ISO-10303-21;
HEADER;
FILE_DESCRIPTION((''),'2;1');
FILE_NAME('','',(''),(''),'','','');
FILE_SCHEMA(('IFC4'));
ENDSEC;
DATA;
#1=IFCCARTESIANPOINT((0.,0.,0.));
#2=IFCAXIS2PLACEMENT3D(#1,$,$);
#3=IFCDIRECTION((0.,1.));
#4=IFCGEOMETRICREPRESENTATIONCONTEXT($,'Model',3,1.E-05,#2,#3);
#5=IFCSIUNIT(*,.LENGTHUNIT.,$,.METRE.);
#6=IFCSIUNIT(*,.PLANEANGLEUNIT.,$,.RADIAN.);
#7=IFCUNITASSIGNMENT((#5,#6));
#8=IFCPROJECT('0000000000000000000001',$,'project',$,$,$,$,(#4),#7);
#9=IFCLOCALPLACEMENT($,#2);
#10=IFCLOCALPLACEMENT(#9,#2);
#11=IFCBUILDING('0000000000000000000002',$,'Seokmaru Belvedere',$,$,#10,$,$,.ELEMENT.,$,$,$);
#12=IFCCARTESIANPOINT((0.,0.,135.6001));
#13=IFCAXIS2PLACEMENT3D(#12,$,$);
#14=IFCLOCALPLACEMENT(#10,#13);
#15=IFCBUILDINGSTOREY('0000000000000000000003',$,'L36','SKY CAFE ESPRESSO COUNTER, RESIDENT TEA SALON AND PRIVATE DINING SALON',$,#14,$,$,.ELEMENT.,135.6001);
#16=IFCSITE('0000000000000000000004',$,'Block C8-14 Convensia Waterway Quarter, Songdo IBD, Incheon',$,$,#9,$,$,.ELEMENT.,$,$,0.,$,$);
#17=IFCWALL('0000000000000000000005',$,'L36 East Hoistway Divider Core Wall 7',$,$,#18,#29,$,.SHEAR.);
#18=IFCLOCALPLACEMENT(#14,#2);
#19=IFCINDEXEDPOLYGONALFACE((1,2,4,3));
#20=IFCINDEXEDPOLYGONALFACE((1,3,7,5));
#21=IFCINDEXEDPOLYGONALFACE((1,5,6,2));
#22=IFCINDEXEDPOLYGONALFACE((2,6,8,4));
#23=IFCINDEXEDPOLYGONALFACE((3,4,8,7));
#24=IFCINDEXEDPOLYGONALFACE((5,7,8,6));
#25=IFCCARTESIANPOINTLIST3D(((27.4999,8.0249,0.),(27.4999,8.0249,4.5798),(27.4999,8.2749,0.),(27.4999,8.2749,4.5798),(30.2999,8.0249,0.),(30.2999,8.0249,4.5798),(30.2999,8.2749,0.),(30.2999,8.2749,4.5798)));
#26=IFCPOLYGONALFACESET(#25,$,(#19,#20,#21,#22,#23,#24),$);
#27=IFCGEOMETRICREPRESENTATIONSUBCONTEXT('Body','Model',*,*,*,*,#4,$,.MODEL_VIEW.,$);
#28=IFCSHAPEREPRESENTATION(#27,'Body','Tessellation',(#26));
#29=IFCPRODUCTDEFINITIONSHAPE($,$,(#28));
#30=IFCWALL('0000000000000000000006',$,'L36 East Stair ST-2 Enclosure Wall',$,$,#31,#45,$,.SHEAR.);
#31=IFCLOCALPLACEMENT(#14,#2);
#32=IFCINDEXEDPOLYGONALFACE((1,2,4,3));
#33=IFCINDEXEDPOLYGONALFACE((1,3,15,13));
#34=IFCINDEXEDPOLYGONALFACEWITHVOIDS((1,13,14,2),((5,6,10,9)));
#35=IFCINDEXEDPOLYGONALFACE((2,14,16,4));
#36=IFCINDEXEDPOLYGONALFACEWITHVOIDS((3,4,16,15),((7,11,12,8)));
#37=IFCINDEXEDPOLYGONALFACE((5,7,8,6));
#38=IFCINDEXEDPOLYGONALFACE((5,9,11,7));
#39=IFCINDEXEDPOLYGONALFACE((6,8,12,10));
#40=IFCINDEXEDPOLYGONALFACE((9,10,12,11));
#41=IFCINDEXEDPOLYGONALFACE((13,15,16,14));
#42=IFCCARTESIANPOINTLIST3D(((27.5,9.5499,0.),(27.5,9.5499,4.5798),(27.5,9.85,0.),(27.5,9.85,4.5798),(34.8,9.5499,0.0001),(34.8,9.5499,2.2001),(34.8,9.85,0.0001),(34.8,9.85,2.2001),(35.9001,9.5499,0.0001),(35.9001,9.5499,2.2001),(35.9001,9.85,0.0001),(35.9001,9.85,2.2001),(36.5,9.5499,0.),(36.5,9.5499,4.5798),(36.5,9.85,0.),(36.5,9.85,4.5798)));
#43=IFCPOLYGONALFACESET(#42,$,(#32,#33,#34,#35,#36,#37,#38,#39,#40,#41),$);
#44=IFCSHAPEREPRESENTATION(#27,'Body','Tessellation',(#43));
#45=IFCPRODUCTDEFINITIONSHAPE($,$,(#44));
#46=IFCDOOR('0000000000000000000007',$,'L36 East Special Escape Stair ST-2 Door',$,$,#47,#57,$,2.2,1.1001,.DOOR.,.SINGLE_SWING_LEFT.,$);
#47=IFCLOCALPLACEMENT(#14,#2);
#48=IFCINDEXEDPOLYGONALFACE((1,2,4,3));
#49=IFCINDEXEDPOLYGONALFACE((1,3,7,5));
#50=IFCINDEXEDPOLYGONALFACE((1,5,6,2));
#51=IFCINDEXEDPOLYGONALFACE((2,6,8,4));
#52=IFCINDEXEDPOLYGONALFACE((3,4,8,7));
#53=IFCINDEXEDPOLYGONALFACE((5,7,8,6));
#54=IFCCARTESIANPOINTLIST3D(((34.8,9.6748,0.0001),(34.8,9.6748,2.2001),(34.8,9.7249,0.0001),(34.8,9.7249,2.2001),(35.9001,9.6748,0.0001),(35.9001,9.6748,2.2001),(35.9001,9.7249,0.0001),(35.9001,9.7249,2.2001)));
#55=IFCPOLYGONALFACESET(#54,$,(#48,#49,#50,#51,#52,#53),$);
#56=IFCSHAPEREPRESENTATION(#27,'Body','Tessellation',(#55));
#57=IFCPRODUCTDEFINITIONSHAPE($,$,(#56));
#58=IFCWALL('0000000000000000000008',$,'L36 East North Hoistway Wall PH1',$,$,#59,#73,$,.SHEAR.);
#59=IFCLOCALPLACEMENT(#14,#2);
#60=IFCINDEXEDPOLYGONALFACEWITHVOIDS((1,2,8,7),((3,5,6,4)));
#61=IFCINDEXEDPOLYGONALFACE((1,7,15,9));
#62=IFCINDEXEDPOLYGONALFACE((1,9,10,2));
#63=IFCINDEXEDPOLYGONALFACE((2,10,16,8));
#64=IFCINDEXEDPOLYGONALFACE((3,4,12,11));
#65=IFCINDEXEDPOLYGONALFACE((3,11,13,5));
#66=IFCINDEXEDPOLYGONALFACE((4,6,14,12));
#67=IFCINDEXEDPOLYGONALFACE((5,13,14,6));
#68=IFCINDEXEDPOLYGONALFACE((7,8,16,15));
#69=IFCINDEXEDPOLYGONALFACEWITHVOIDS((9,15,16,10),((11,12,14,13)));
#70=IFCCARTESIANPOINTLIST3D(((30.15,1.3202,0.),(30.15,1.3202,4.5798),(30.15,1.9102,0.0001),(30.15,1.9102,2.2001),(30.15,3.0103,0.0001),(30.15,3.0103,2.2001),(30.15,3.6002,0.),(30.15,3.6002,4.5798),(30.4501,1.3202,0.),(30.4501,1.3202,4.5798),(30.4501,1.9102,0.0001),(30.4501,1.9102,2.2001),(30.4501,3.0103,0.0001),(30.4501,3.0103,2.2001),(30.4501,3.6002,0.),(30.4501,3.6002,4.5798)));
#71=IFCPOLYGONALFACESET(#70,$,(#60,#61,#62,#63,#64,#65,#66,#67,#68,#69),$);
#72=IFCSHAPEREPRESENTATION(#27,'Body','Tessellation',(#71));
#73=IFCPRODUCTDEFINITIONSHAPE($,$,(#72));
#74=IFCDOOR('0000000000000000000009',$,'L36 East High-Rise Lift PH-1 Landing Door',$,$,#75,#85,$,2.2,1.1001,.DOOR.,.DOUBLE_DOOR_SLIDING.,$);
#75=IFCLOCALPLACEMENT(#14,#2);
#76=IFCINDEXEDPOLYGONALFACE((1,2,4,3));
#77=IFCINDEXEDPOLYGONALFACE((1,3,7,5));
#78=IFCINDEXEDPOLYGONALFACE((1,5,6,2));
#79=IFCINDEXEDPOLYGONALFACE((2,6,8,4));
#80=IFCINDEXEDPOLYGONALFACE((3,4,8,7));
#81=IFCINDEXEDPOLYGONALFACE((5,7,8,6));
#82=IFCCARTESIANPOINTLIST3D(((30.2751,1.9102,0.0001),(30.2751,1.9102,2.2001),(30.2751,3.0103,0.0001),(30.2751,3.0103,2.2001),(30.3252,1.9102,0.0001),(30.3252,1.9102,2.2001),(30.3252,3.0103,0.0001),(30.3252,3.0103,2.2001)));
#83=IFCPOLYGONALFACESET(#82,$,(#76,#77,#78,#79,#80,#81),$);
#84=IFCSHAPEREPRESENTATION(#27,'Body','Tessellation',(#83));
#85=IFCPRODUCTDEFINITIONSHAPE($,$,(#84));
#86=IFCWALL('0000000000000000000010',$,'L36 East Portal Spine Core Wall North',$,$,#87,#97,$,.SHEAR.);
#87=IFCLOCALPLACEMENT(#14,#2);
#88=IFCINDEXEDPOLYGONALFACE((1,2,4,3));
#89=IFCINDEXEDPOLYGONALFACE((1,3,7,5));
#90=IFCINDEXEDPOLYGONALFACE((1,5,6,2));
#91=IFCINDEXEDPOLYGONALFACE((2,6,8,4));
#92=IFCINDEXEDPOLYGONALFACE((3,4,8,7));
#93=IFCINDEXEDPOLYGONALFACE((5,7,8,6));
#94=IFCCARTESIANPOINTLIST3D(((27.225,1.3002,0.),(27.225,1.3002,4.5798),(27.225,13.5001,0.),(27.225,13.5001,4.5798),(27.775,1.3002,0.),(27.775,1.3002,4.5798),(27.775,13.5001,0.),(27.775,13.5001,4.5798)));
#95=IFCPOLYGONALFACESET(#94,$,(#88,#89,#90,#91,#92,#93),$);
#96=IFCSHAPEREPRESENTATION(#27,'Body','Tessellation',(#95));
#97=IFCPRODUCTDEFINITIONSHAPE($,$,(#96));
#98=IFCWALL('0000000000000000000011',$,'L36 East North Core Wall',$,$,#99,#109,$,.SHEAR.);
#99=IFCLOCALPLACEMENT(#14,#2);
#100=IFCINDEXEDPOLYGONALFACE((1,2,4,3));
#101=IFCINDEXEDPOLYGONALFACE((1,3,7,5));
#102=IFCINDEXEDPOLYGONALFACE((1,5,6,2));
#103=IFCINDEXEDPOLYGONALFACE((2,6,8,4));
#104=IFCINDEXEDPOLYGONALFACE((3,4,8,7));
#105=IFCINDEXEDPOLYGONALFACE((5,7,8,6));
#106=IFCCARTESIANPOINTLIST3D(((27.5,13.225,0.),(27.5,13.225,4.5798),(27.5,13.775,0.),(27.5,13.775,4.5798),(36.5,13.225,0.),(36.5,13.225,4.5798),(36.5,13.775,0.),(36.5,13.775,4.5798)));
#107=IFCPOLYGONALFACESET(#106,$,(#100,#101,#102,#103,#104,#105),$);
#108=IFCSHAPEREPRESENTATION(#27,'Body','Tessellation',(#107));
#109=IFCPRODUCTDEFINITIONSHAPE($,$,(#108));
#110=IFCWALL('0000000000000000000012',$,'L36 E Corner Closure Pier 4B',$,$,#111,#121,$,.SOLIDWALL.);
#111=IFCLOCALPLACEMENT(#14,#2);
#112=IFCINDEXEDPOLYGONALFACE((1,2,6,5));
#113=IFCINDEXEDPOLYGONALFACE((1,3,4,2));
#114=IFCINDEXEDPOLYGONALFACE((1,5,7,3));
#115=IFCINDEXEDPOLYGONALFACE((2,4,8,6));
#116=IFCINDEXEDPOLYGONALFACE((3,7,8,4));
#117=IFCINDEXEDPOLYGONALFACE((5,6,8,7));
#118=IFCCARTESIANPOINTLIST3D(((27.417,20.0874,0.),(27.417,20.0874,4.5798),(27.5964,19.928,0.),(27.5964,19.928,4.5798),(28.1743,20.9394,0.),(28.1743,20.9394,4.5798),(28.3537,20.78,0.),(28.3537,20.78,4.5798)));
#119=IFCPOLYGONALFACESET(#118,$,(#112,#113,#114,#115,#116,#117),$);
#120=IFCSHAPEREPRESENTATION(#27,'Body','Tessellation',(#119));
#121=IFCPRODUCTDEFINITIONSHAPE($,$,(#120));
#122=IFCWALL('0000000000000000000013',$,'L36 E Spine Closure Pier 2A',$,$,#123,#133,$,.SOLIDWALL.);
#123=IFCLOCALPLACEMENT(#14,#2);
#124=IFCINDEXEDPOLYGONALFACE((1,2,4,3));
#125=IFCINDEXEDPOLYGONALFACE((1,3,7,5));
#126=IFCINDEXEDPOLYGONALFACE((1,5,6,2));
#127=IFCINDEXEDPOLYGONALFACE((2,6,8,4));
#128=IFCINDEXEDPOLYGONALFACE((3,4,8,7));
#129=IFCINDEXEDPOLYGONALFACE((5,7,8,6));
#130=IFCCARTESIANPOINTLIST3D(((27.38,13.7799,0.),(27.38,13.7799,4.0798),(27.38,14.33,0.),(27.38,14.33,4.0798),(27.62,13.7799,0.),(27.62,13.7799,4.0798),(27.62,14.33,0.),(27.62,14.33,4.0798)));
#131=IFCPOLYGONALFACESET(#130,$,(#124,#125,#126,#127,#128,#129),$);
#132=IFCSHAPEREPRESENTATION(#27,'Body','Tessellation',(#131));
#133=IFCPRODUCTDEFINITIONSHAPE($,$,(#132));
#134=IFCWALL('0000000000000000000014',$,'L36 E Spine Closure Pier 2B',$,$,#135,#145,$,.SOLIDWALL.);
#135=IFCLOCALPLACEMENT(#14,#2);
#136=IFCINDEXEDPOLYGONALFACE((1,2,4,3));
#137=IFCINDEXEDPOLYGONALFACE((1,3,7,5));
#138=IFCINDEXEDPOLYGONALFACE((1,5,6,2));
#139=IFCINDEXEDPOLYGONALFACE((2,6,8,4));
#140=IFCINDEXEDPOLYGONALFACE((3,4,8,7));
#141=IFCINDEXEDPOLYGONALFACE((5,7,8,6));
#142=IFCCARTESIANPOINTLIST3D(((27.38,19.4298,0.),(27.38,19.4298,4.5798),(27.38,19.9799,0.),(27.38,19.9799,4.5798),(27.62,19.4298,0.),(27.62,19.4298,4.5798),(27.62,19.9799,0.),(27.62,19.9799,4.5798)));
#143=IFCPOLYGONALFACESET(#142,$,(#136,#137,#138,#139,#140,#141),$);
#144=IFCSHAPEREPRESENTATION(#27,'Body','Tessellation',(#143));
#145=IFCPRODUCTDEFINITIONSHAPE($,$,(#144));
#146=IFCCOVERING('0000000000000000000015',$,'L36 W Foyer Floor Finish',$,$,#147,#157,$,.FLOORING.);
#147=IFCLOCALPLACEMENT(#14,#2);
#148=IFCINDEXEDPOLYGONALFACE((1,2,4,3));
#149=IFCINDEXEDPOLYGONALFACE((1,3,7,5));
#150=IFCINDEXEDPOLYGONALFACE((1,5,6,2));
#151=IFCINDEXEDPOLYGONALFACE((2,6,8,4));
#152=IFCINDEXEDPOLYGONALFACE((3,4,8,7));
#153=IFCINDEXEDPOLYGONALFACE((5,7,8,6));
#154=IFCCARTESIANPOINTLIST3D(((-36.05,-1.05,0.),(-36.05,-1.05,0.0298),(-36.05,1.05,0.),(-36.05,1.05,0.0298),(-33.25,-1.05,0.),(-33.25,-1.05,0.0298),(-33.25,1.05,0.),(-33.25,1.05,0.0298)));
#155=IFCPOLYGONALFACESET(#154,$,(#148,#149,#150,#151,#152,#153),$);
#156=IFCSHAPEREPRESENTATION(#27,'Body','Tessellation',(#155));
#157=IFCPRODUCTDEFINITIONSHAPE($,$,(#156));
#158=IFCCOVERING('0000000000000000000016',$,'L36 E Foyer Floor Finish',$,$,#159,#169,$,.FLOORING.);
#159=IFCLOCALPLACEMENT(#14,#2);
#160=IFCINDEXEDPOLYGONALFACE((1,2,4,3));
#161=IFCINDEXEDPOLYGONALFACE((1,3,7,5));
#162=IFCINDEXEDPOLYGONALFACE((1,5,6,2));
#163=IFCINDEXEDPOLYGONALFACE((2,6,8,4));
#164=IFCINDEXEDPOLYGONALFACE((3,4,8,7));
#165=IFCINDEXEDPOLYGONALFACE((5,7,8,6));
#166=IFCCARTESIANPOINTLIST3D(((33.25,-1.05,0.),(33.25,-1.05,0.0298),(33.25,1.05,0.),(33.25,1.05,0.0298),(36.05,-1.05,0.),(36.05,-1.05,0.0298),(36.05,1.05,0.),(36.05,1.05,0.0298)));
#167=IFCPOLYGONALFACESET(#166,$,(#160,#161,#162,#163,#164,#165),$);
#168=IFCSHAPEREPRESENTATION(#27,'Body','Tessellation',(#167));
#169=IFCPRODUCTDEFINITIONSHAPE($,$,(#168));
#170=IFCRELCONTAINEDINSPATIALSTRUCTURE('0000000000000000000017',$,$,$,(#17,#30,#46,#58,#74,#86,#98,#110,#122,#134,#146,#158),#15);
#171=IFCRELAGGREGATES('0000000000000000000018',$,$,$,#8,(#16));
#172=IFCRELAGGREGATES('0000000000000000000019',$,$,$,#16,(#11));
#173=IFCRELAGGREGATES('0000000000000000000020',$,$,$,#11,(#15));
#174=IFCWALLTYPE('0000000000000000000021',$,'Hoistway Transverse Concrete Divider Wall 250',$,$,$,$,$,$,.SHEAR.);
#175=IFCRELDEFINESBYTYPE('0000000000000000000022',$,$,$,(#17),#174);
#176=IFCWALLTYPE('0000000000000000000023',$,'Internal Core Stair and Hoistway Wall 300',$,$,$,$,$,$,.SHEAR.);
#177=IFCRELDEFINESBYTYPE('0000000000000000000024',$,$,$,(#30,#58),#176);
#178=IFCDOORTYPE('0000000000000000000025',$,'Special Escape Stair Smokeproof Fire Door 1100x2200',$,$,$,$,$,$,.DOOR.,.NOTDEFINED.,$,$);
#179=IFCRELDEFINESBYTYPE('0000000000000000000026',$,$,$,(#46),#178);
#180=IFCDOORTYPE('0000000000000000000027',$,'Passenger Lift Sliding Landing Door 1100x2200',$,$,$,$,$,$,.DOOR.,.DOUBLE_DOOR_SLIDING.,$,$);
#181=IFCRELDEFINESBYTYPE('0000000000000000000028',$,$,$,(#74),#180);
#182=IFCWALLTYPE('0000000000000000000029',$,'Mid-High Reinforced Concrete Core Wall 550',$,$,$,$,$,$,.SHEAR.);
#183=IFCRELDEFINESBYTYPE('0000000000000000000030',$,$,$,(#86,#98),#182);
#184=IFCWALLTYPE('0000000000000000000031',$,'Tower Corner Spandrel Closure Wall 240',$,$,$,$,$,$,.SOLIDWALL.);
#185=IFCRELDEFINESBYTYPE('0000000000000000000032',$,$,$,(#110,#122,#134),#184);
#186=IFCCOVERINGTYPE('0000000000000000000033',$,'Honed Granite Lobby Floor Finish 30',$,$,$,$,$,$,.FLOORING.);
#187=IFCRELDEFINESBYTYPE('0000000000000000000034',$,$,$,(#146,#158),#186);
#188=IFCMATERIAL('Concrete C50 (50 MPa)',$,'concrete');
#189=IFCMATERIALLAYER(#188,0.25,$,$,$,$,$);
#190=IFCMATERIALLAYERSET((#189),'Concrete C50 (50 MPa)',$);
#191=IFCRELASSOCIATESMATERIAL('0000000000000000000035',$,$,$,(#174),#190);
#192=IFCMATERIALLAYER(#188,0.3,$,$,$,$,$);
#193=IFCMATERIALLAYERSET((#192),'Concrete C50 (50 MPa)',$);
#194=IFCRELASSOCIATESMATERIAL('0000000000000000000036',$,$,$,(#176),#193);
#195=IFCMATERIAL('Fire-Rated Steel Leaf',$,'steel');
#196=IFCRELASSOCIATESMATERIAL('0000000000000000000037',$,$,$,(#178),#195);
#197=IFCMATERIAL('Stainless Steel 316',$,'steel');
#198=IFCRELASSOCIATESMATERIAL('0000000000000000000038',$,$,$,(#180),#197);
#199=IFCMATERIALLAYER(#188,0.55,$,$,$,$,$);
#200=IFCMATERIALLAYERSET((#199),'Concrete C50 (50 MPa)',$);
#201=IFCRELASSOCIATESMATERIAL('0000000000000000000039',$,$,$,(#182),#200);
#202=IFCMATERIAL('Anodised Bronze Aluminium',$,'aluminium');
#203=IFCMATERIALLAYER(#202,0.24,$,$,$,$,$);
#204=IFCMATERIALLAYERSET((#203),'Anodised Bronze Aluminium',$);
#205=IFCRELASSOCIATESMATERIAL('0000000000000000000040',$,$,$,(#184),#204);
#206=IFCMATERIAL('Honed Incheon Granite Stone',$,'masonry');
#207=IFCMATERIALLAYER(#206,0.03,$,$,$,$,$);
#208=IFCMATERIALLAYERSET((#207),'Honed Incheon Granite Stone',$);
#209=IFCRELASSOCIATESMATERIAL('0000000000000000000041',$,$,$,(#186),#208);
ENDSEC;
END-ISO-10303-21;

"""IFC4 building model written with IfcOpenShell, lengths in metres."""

from ifc_helpers import new_model, si_unit, direction, frame, frame_2d, origin, place, context, subcontext, project, spatial, polyline, rectangle, outline, extrude, source, transform, mapped, material, layer, layer_set, type_object, type_shapes, element, fill, save


model = new_model("IFC4")

# Units and contexts
model_context = context("Model", 3, precision=1e-05, world=origin(), true_north=direction((0.0, 1.0)))
body_context = subcontext(model_context, "Body", "Model", "MODEL_VIEW")
ifc_project = project(units=[si_unit("LENGTHUNIT", "METRE"), si_unit("PLANEANGLEUNIT", "RADIAN")], contexts=[model_context])

# Site, building, storey
site_placement = place(None, origin())
site = spatial("IfcSite", under=ifc_project, at=site_placement, Name="Block C8-14 Convensia Waterway Quarter, Songdo IBD, Incheon", CompositionType="ELEMENT", RefElevation=0.0)
building_placement = place(site_placement, origin())
building = spatial("IfcBuilding", under=site, at=building_placement, Name="Seokmaru Belvedere", CompositionType="ELEMENT")
storey_placement = place(building_placement, frame((0.0, 0.0, 135.6001)))
storey = spatial("IfcBuildingStorey", under=building, at=storey_placement, Name="L36", Description="SKY CAFE ESPRESSO COUNTER, RESIDENT TEA SALON AND PRIVATE DINING SALON", CompositionType="ELEMENT", Elevation=135.6001)

# Shared definitions
ifc_material_1 = material(Name="Anodised Bronze Aluminium", Category="aluminium")

# Wall
ifc_material_2 = material(Name="Concrete C50 (50 MPa)", Category="concrete")
ifc_layer_1 = layer(ifc_material_2, 0.25)
ifc_layer_set_1 = layer_set([ifc_layer_1], Name="Concrete C50 (50 MPa)")
wall_type_1 = type_object("IfcWallType", Name="Hoistway Transverse Concrete Divider Wall 250", PredefinedType="SHEAR", material=ifc_layer_set_1)
for number, where, z_axis, x_axis, name in (
    (1, (27.5, 8.1499, 0.0), (0.0, 0.0, 1.0), (1.0, 0.0, 0.0), "L36 East Hoistway Divider Core Wall 7"),
):
    element("IfcWall", number, at=place(storey_placement, frame(where, z_axis=z_axis, x_axis=x_axis)), inside=storey, type_object=wall_type_1, Name=name, PredefinedType="SHEAR", context=body_context, shape_type="SweptSolid", body=[
        extrude(rectangle(XDim=2.8, YDim=0.25, at=frame_2d((1.3999, 0.0))), origin(), (0.0, 0.0, 1.0), 4.5798),
    ])

# Walls, openings, doors
ifc_layer_2 = layer(ifc_material_2, 0.3)
ifc_layer_set_2 = layer_set([ifc_layer_2], Name="Concrete C50 (50 MPa)")
wall_type_2 = type_object("IfcWallType", Name="Internal Core Stair and Hoistway Wall 300", PredefinedType="SHEAR", material=ifc_layer_set_2)
wall_1_placement = place(storey_placement, frame((27.5, 9.7, 0.0), z_axis=(0.0, 0.0, 1.0), x_axis=(1.0, 0.0, 0.0)))
wall_1 = element("IfcWall", 2, at=wall_1_placement, inside=storey, type_object=wall_type_2, Name="L36 East Stair ST-2 Enclosure Wall", PredefinedType="SHEAR", context=body_context, shape_type="SweptSolid", body=[
    extrude(rectangle(XDim=9.0, YDim=0.3, at=frame_2d((4.5, 0.0))), origin(), (0.0, 0.0, 1.0), 4.5798),
])
opening_1_placement = place(wall_1_placement, frame((7.3, 0.0, 0.0)))
opening_1 = element("IfcOpeningElement", 3, at=opening_1_placement, cuts=wall_1, PredefinedType="OPENING", context=body_context, shape_type="SweptSolid", body=[
    extrude(rectangle(XDim=1.1001, YDim=2.2, at=frame_2d((0.55, 1.1001))), frame((0.0, 0.1602, 0.0), z_axis=(0.0, -1.0, 0.0), x_axis=(1.0, 0.0, 0.0)), (0.0, 0.0, 1.0), 0.3201),
])
ifc_material_3 = material(Name="Fire-Rated Steel Leaf", Category="steel")
door_type_1 = type_object("IfcDoorType", Name="Special Escape Stair Smokeproof Fire Door 1100x2200", OperationType="NOTDEFINED", PredefinedType="DOOR", material=ifc_material_3)
shared_shape_1 = source(origin(), body_context, "Body", "SweptSolid", [
    extrude(rectangle(XDim=1.1001, YDim=2.2, at=frame_2d((0.55, 1.1001))), frame((0.0, 0.0249, 0.0), z_axis=(0.0, -1.0, 0.0), x_axis=(1.0, 0.0, 0.0)), (0.0, 0.0, 1.0), 0.05),
])
type_shapes(door_type_1, [shared_shape_1])
door_1_placement = place(opening_1_placement, origin())
door_1 = element("IfcDoor", 4, at=door_1_placement, inside=storey, type_object=door_type_1, Name="L36 East Special Escape Stair ST-2 Door", OperationType="SINGLE_SWING_LEFT", OverallHeight=2.2, OverallWidth=1.1001, PredefinedType="DOOR", context=body_context, shape_type="MappedRepresentation", body=[
    mapped(shared_shape_1, transform((0.0, 0.0, 0.0), scale=1.0)),
])
fill(opening_1, door_1)
wall_2_placement = place(storey_placement, frame((30.3, 1.3201, 0.0), z_axis=(0.0, 0.0, 1.0), x_axis=(0.0, 1.0, 0.0)))
wall_2 = element("IfcWall", 5, at=wall_2_placement, inside=storey, type_object=wall_type_2, Name="L36 East North Hoistway Wall PH1", PredefinedType="SHEAR", context=body_context, shape_type="SweptSolid", body=[
    extrude(rectangle(XDim=2.28, YDim=0.3, at=frame_2d((1.1401, 0.0))), origin(), (0.0, 0.0, 1.0), 4.5798),
])
opening_2_placement = place(wall_2_placement, frame((0.5901, 0.0, 0.0)))
opening_2 = element("IfcOpeningElement", 6, at=opening_2_placement, cuts=wall_2, PredefinedType="OPENING", context=body_context, shape_type="SweptSolid", body=[
    extrude(rectangle(XDim=1.1001, YDim=2.2, at=frame_2d((0.55, 1.1001))), frame((0.0, 0.1602, 0.0), z_axis=(0.0, -1.0, 0.0), x_axis=(1.0, 0.0, 0.0)), (0.0, 0.0, 1.0), 0.3201),
])
ifc_material_4 = material(Name="Stainless Steel 316", Category="steel")
door_type_2 = type_object("IfcDoorType", Name="Passenger Lift Sliding Landing Door 1100x2200", OperationType="DOUBLE_DOOR_SLIDING", PredefinedType="DOOR", material=ifc_material_4)
shared_shape_2 = source(origin(), body_context, "Body", "SweptSolid", [
    extrude(rectangle(XDim=1.1001, YDim=2.2, at=frame_2d((0.55, 1.1001))), frame((0.0, 0.0249, 0.0), z_axis=(0.0, -1.0, 0.0), x_axis=(1.0, 0.0, 0.0)), (0.0, 0.0, 1.0), 0.05),
])
type_shapes(door_type_2, [shared_shape_2])
door_2_placement = place(opening_2_placement, origin())
door_2 = element("IfcDoor", 7, at=door_2_placement, inside=storey, type_object=door_type_2, Name="L36 East High-Rise Lift PH-1 Landing Door", OperationType="DOUBLE_DOOR_SLIDING", OverallHeight=2.2, OverallWidth=1.1001, PredefinedType="DOOR", context=body_context, shape_type="MappedRepresentation", body=[
    mapped(shared_shape_2, transform((0.0, 0.0, 0.0), scale=1.0)),
])
fill(opening_2, door_2)

# Walls
ifc_layer_3 = layer(ifc_material_2, 0.55)
ifc_layer_set_3 = layer_set([ifc_layer_3], Name="Concrete C50 (50 MPa)")
wall_type_3 = type_object("IfcWallType", Name="Mid-High Reinforced Concrete Core Wall 550", PredefinedType="SHEAR", material=ifc_layer_set_3)
wall_3_placement = place(storey_placement, frame((27.5, 1.3, 0.0), z_axis=(0.0, 0.0, 1.0), x_axis=(0.0, 1.0, 0.0)))
element("IfcWall", 8, at=wall_3_placement, inside=storey, type_object=wall_type_3, Name="L36 East Portal Spine Core Wall North", PredefinedType="SHEAR", context=body_context, shape_type="SweptSolid", body=[
    extrude(rectangle(XDim=12.2, YDim=0.55, at=frame_2d((6.1001, 0.0))), origin(), (0.0, 0.0, 1.0), 4.5798),
])
wall_4_placement = place(storey_placement, frame((27.5, 13.5, 0.0), z_axis=(0.0, 0.0, 1.0), x_axis=(1.0, 0.0, 0.0)))
element("IfcWall", 9, at=wall_4_placement, inside=storey, type_object=wall_type_3, Name="L36 East North Core Wall", PredefinedType="SHEAR", context=body_context, shape_type="SweptSolid", body=[
    extrude(rectangle(XDim=9.0, YDim=0.55, at=frame_2d((4.5, 0.0))), origin(), (0.0, 0.0, 1.0), 4.5798),
])
ifc_layer_4 = layer(ifc_material_1, 0.24)
ifc_layer_set_4 = layer_set([ifc_layer_4], Name="Anodised Bronze Aluminium")
wall_type_4 = type_object("IfcWallType", Name="Tower Corner Spandrel Closure Wall 240", PredefinedType="SOLIDWALL", material=ifc_layer_set_4)
wall_5_placement = place(storey_placement, frame((28.2639, 20.8596, 0.0), z_axis=(0.0, 0.0, 1.0), x_axis=(-0.664337, -0.747433, 0.0)))
element("IfcWall", 10, at=wall_5_placement, inside=storey, type_object=wall_type_4, Name="L36 E Corner Closure Pier 4B", PredefinedType="SOLIDWALL", context=body_context, shape_type="SweptSolid", body=[
    extrude(rectangle(XDim=1.1399, YDim=0.24, at=frame_2d((0.5698, 0.0))), origin(), (0.0, 0.0, 1.0), 4.5798),
])
wall_6_placement = place(storey_placement, frame((27.5, 13.78, 0.0), z_axis=(0.0, 0.0, 1.0), x_axis=(0.0, 1.0, 0.0)))
element("IfcWall", 11, at=wall_6_placement, inside=storey, type_object=wall_type_4, Name="L36 E Spine Closure Pier 2A", PredefinedType="SOLIDWALL", context=body_context, shape_type="SweptSolid", body=[
    extrude(rectangle(XDim=0.55, YDim=0.24, at=frame_2d((0.2749, 0.0))), origin(), (0.0, 0.0, 1.0), 4.0798),
])
wall_7_placement = place(storey_placement, frame((27.5, 19.4299, 0.0), z_axis=(0.0, 0.0, 1.0), x_axis=(0.0, 1.0, 0.0)))
element("IfcWall", 12, at=wall_7_placement, inside=storey, type_object=wall_type_4, Name="L36 E Spine Closure Pier 2B", PredefinedType="SOLIDWALL", context=body_context, shape_type="SweptSolid", body=[
    extrude(rectangle(XDim=0.55, YDim=0.24, at=frame_2d((0.2749, 0.0))), origin(), (0.0, 0.0, 1.0), 4.5798),
])

# Coverings
ifc_material_5 = material(Name="Honed Incheon Granite Stone", Category="masonry")
ifc_layer_5 = layer(ifc_material_5, 0.03)
ifc_layer_set_5 = layer_set([ifc_layer_5], Name="Honed Incheon Granite Stone")
covering_type_1 = type_object("IfcCoveringType", Name="Honed Granite Lobby Floor Finish 30", PredefinedType="FLOORING", material=ifc_layer_set_5)
covering_1_placement = place(storey_placement, origin())
element("IfcCovering", 13, at=covering_1_placement, inside=storey, type_object=covering_type_1, Name="L36 W Foyer Floor Finish", PredefinedType="FLOORING", context=body_context, shape_type="SweptSolid", body=[
    extrude(outline(polyline([(-36.05, -1.05), (-33.25, -1.05), (-33.25, 1.05), (-36.05, 1.05), (-36.05, -1.05)])), origin(), (0.0, 0.0, 1.0), 0.0298),
])
covering_2_placement = place(storey_placement, origin())
element("IfcCovering", 14, at=covering_2_placement, inside=storey, type_object=covering_type_1, Name="L36 E Foyer Floor Finish", PredefinedType="FLOORING", context=body_context, shape_type="SweptSolid", body=[
    extrude(outline(polyline([(33.25, -1.05), (36.05, -1.05), (36.05, 1.05), (33.25, 1.05), (33.25, -1.05)])), origin(), (0.0, 0.0, 1.0), 0.0298),
])

save(model, "model.ifc")
